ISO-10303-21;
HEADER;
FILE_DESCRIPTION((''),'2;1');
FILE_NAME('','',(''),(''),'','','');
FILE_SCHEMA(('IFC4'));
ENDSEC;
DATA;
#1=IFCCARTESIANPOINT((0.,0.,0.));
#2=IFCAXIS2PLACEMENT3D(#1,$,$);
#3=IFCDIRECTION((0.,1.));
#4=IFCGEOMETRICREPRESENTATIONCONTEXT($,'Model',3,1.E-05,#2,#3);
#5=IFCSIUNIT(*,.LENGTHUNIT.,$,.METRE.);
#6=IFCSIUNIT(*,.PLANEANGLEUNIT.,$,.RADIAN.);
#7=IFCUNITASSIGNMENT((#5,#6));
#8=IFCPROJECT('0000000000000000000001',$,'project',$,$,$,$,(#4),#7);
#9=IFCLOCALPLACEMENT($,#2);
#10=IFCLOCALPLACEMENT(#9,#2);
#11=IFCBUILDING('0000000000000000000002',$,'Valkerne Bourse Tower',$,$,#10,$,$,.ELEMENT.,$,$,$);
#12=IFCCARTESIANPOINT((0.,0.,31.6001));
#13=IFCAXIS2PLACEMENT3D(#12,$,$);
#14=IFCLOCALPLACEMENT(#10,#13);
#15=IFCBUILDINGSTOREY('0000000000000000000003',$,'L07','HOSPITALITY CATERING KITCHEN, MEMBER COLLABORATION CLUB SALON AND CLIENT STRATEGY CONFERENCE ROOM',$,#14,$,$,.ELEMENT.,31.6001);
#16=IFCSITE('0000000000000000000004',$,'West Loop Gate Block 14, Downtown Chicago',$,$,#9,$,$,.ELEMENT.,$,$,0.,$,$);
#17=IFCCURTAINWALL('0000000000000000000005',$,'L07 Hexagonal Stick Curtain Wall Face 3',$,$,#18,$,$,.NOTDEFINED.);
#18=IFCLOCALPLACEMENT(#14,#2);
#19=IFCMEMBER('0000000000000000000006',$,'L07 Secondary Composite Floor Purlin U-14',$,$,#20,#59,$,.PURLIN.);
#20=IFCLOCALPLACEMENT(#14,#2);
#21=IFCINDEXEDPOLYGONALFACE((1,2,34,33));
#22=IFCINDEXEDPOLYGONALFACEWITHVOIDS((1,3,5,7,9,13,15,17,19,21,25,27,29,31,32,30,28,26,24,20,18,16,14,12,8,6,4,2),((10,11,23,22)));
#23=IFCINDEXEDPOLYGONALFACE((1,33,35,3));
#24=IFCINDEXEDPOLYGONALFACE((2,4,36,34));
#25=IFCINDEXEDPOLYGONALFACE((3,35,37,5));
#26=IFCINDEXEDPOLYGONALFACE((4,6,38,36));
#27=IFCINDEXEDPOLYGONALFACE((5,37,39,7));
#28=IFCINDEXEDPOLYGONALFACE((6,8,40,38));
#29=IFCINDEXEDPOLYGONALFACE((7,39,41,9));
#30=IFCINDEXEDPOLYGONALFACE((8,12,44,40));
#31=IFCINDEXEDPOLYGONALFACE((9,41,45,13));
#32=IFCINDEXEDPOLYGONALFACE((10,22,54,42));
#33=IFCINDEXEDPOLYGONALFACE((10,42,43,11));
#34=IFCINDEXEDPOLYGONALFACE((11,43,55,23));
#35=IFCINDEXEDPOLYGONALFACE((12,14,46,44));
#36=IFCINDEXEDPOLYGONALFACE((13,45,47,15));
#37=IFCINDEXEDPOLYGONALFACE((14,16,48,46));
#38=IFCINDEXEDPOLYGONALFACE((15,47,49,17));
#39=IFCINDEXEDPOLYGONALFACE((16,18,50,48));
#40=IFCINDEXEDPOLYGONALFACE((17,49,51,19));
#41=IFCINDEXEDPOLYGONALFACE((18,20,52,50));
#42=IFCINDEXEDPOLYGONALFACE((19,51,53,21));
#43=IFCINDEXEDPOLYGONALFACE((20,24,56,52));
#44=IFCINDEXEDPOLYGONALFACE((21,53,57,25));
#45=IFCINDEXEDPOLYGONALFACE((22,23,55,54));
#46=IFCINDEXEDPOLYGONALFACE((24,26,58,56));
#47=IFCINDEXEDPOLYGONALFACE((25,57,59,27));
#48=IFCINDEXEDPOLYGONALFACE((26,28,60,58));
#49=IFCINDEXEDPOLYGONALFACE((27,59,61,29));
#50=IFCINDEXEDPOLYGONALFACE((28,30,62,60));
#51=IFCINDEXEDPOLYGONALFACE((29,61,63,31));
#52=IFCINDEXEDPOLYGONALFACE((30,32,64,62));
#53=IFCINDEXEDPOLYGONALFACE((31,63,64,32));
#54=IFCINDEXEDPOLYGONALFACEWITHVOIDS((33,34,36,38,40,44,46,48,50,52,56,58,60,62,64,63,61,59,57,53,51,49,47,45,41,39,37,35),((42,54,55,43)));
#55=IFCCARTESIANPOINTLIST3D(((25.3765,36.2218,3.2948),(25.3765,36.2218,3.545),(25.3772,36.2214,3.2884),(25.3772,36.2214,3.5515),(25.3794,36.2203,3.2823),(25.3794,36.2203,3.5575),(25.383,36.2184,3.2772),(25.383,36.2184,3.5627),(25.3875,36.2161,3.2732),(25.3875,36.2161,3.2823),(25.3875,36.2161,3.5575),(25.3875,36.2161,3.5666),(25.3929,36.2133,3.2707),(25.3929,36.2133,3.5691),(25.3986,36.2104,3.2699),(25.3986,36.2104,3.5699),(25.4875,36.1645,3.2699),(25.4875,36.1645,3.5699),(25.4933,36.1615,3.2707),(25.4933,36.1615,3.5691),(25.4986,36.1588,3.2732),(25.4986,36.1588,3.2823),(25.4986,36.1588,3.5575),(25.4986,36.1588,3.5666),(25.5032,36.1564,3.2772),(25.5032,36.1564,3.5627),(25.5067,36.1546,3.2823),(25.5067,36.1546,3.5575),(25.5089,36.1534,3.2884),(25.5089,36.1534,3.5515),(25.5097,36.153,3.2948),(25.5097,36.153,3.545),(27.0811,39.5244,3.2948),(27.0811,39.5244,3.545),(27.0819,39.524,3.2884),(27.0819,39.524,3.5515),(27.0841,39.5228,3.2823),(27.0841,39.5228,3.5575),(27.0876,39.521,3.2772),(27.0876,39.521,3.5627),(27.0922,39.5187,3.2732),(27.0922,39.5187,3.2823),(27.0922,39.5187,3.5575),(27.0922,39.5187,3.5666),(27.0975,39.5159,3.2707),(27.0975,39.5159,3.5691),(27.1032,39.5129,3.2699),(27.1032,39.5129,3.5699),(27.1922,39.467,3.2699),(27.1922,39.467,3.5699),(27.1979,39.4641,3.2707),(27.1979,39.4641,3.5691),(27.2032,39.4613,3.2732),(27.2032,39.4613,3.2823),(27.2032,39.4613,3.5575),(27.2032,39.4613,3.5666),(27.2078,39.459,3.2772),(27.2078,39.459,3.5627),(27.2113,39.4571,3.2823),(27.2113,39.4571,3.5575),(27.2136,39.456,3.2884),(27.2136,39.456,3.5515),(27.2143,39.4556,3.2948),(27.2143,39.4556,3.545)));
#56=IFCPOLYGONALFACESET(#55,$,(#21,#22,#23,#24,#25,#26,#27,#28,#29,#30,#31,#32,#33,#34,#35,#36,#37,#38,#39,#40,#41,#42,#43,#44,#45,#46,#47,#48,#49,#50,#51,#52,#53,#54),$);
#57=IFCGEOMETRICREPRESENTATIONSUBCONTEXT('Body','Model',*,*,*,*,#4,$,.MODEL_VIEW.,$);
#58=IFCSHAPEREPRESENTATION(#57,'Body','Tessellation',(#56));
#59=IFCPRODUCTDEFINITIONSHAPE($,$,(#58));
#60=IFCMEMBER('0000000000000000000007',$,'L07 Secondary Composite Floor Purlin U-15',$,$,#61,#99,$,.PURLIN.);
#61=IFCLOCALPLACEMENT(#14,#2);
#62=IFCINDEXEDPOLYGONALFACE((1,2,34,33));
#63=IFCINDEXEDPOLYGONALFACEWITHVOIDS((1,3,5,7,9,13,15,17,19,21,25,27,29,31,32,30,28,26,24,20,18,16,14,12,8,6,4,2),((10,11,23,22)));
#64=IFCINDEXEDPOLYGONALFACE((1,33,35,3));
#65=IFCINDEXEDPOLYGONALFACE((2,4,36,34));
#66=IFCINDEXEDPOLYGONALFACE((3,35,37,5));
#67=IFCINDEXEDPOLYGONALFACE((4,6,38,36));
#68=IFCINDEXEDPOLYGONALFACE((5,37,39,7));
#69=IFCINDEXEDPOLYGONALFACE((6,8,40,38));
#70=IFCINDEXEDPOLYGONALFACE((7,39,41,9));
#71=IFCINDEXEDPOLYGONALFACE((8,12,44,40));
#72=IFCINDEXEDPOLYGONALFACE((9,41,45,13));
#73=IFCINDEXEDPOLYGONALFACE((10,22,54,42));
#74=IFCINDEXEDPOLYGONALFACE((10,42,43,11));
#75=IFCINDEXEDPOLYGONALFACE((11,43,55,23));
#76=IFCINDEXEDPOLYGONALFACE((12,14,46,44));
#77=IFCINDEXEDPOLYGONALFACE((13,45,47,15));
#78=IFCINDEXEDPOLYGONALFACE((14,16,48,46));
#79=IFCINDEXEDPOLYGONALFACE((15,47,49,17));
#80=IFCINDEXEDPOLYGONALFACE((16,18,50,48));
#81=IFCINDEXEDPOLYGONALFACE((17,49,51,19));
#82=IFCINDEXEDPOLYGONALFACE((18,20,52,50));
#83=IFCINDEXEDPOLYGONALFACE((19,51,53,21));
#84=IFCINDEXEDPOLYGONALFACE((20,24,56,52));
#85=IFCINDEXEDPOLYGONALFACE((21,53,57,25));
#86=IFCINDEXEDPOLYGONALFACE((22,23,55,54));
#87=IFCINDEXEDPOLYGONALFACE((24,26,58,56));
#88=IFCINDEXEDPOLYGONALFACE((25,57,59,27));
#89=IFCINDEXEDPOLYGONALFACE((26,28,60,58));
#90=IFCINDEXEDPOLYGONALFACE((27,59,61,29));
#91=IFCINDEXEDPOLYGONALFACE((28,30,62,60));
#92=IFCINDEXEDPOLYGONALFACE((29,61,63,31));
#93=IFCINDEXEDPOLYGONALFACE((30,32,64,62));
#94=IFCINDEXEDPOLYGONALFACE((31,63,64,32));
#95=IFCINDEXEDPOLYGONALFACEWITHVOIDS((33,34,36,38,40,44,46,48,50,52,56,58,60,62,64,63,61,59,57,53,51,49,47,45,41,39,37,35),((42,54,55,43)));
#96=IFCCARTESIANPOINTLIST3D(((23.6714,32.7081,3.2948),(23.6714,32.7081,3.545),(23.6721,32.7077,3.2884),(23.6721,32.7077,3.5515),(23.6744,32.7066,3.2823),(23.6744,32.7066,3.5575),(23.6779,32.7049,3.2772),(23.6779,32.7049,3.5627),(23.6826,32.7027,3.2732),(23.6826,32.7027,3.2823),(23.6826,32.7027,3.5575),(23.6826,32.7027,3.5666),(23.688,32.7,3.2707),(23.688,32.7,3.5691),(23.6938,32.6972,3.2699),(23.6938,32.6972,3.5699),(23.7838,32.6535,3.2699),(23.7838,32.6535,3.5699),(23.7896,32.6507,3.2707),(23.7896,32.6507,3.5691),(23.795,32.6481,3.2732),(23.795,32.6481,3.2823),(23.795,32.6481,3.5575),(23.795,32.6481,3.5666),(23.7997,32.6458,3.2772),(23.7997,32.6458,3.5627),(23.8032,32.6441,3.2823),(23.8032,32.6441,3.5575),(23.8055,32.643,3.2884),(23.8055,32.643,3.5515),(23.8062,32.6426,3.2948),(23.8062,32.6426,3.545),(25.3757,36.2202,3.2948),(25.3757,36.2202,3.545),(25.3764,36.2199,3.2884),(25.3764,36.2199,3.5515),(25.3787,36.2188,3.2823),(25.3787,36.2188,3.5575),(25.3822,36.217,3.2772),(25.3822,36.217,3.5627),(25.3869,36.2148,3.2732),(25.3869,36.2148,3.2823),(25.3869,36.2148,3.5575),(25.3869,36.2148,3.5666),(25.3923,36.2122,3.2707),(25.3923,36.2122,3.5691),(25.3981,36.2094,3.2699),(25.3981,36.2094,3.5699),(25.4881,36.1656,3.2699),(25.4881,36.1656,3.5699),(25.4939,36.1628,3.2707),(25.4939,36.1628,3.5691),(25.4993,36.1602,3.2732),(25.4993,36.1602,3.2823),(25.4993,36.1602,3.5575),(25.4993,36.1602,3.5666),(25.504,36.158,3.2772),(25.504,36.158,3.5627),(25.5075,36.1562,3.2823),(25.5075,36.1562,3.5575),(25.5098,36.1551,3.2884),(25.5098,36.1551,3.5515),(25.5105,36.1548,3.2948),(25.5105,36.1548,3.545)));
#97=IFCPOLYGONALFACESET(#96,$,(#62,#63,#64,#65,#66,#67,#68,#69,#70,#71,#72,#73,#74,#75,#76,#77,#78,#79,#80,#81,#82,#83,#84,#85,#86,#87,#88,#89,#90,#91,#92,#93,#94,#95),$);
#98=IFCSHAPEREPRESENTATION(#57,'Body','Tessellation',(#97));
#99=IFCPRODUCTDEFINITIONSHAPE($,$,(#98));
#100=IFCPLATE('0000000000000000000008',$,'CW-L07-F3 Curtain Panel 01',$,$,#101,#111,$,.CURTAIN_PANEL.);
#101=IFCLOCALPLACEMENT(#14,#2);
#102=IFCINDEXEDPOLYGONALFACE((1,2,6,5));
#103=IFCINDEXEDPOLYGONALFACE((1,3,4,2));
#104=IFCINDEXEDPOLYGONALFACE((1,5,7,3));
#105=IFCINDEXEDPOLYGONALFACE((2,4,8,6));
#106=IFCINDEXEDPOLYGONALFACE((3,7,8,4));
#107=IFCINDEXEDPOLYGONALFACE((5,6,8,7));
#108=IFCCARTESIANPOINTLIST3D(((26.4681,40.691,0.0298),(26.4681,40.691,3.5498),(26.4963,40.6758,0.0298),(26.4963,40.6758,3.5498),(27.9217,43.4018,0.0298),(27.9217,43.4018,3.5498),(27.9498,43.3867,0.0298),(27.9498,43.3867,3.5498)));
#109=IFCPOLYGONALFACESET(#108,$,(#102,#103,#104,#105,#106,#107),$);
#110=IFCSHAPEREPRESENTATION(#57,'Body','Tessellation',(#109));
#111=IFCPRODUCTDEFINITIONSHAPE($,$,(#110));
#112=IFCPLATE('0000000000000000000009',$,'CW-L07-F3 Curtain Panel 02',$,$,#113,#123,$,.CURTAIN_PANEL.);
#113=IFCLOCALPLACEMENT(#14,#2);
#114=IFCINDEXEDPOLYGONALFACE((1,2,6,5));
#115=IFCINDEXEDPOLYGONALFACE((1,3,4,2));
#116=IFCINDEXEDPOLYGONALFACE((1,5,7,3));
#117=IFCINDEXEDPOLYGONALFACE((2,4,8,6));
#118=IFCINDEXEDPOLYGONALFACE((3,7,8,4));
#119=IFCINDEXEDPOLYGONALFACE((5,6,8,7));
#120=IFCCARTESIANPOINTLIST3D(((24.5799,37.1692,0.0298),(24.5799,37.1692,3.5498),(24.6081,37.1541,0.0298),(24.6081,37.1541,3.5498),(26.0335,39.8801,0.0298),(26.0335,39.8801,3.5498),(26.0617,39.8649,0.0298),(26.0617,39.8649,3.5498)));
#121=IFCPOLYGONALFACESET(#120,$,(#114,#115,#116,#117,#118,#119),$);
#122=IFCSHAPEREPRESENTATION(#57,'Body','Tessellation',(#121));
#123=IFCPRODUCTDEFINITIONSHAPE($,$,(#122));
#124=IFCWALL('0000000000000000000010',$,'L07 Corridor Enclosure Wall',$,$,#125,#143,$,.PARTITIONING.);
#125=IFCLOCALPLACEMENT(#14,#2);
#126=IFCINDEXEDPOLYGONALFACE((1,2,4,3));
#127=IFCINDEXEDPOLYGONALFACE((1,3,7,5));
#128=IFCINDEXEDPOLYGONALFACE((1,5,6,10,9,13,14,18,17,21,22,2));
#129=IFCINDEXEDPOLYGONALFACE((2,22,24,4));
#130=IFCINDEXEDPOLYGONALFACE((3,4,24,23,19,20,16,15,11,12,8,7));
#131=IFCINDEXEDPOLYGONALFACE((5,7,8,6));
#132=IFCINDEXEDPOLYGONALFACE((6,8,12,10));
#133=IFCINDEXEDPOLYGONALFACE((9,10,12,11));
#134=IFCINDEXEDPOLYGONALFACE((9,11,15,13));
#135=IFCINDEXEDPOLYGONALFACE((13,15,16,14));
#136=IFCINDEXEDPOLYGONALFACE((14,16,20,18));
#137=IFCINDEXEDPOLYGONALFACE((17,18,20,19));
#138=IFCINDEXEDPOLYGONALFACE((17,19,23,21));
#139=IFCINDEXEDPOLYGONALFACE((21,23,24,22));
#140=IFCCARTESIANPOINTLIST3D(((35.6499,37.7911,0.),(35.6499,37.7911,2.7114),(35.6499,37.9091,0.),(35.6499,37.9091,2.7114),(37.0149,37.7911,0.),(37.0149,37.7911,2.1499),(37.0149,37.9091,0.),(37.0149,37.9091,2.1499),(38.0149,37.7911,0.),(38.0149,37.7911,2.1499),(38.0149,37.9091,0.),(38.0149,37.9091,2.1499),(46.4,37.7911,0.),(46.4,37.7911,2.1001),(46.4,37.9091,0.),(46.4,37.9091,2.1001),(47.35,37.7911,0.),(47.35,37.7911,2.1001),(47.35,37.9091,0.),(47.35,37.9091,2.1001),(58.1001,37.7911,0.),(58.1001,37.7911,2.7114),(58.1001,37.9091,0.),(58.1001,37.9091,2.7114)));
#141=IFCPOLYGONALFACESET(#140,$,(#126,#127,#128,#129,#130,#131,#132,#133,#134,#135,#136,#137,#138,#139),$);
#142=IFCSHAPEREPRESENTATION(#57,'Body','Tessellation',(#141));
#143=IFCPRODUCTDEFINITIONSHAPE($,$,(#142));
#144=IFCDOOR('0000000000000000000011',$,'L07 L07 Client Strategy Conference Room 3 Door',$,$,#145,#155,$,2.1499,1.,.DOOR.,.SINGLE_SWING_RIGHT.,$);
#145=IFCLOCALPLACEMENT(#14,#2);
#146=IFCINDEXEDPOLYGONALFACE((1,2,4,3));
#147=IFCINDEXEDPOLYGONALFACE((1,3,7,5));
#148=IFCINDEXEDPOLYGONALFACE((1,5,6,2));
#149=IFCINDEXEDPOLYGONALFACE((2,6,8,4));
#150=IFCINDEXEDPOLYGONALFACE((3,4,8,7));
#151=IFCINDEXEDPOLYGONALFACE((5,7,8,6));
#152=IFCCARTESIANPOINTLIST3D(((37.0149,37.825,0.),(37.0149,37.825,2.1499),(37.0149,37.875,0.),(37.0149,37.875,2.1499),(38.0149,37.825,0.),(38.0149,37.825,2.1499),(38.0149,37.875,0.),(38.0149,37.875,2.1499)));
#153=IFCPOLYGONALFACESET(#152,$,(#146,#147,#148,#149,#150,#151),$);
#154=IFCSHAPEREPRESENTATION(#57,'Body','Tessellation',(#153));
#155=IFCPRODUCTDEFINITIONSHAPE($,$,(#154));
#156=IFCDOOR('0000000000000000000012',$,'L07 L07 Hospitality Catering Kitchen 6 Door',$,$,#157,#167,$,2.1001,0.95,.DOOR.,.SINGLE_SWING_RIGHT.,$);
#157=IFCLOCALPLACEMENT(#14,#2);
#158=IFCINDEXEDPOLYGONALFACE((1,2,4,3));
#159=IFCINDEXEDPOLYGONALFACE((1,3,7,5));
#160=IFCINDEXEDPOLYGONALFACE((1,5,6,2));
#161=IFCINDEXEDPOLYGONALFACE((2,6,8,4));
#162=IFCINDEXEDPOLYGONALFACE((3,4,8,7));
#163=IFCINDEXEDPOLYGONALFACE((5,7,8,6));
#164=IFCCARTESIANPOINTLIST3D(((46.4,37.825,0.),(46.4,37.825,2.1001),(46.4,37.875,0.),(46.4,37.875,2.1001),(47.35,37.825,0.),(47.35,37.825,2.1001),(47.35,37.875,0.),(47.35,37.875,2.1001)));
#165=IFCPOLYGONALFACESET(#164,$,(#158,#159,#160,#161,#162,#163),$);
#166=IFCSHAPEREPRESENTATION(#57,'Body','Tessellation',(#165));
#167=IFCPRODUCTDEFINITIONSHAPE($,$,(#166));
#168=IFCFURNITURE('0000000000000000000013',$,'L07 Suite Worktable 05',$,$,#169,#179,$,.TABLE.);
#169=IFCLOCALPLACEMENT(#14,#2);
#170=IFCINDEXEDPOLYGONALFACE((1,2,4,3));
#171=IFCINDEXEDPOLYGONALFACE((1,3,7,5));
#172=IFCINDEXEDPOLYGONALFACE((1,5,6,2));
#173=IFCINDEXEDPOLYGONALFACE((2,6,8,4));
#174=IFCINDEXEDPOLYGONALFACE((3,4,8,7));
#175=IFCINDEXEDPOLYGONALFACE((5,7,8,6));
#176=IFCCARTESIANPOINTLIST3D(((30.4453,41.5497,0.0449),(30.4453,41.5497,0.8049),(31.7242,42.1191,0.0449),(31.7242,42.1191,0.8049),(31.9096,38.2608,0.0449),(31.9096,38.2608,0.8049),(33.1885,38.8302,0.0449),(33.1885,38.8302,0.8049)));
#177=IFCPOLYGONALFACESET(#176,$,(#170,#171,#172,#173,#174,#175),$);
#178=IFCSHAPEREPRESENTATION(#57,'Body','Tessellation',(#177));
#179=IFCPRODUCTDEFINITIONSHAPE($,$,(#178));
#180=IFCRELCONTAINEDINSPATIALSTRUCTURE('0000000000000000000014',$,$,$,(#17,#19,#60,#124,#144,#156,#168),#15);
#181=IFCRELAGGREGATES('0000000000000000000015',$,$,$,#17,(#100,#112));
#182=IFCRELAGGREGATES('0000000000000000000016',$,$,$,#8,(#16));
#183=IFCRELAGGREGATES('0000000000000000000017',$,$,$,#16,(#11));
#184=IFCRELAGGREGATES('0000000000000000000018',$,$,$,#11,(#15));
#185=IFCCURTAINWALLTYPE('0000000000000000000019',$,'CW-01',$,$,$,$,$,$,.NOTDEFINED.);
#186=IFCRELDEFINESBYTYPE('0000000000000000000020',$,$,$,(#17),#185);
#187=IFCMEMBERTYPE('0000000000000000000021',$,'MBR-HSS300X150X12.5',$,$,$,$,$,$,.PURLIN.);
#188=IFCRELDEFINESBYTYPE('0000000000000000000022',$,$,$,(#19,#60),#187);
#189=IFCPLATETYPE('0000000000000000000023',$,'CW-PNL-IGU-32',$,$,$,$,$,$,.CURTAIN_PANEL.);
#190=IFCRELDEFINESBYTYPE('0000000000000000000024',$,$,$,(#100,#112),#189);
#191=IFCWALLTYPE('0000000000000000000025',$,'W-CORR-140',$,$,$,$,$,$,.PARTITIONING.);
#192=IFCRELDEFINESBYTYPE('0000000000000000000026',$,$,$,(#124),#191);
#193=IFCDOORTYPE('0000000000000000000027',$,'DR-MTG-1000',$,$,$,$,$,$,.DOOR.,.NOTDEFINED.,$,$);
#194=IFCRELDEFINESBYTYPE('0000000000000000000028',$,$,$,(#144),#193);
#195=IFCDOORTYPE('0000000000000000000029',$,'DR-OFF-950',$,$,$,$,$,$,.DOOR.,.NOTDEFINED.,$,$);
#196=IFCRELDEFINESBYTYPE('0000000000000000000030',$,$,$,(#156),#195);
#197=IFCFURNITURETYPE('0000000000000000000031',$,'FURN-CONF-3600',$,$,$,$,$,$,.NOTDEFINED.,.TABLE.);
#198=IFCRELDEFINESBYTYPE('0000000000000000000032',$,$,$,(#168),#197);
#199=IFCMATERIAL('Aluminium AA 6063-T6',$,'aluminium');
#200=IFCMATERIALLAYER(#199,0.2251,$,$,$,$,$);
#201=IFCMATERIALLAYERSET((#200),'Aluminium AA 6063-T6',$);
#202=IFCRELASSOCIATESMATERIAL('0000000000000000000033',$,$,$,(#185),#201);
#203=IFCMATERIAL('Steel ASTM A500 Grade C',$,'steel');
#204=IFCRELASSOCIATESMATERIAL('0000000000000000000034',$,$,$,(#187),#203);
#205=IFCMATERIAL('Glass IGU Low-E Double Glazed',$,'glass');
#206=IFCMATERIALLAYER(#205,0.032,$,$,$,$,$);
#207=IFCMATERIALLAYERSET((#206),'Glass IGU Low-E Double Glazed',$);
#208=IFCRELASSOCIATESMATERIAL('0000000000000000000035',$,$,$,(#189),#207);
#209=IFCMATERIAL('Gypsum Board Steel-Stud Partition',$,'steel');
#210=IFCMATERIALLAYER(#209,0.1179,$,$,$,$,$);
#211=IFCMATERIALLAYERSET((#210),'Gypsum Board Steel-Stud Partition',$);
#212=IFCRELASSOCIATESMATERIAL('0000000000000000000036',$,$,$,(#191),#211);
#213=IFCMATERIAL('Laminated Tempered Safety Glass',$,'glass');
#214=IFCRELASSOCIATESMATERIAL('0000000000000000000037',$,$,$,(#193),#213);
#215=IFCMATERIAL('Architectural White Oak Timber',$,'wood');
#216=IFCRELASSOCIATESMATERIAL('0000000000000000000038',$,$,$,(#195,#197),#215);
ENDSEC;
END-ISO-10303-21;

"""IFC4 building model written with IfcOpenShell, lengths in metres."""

from ifc_helpers import new_model, si_unit, direction, frame, frame_2d, origin, origin_2d, place, context, subcontext, project, spatial, rectangle, hollow_rectangle, extrude, material, layer, layer_set, material_profile, profile_set, type_object, element, fill, aggregate, save


model = new_model("IFC4")

# Units and contexts
model_context = context("Model", 3, precision=1e-05, world=origin(), true_north=direction((0.0, 1.0)))
body_context = subcontext(model_context, "Body", "Model", "MODEL_VIEW")
ifc_project = project(units=[si_unit("LENGTHUNIT", "METRE"), si_unit("PLANEANGLEUNIT", "RADIAN")], contexts=[model_context])

# Site, building, storey
site_placement = place(None, origin())
site = spatial("IfcSite", under=ifc_project, at=site_placement, Name="West Loop Gate Block 14, Downtown Chicago", CompositionType="ELEMENT", RefElevation=0.0)
building_placement = place(site_placement, origin())
building = spatial("IfcBuilding", under=site, at=building_placement, Name="Valkerne Bourse Tower", CompositionType="ELEMENT")
storey_placement = place(building_placement, frame((0.0, 0.0, 31.6001)))
storey = spatial("IfcBuildingStorey", under=building, at=storey_placement, Name="L07", Description="HOSPITALITY CATERING KITCHEN, MEMBER COLLABORATION CLUB SALON AND CLIENT STRATEGY CONFERENCE ROOM", CompositionType="ELEMENT", Elevation=31.6001)

# Curtain wall
ifc_material_1 = material(Name="Aluminium AA 6063-T6", Category="aluminium")
ifc_layer_1 = layer(ifc_material_1, 0.2251)
ifc_layer_set_1 = layer_set([ifc_layer_1], Name="Aluminium AA 6063-T6")
curtain_wall_type = type_object("IfcCurtainWallType", Name="CW-01", PredefinedType="NOTDEFINED", material=ifc_layer_set_1)
curtain_wall_placement = place(storey_placement, origin())
curtain_wall = element("IfcCurtainWall", 1, at=curtain_wall_placement, inside=storey, type_object=curtain_wall_type, Name="L07 Hexagonal Stick Curtain Wall Face 3", PredefinedType="NOTDEFINED")

# Members
ifc_material_2 = material(Name="Steel ASTM A500 Grade C", Category="steel")
ifc_material_profile_1 = material_profile(ifc_material_2, hollow_rectangle(XDim=0.1499, YDim=0.3, WallThickness=0.0125, OuterFilletRadius=0.0249, at=origin_2d()), Name="HSS300X150X12.5")
ifc_profile_set_1 = profile_set([ifc_material_profile_1], Name="Steel ASTM A500 Grade C")
member_type_1 = type_object("IfcMemberType", Name="MBR-HSS300X150X12.5", PredefinedType="PURLIN", material=ifc_profile_set_1)
member_1_placement = place(storey_placement, frame((27.1477, 39.49, 3.4199), z_axis=(-0.45866, -0.888612, 0.0), x_axis=(0.888612, -0.45866, 0.0)))
element("IfcMember", 2, at=member_1_placement, inside=storey, type_object=member_type_1, Name="L07 Secondary Composite Floor Purlin U-14", PredefinedType="PURLIN", context=body_context, shape_type="SweptSolid", body=[
    extrude(hollow_rectangle(XDim=0.1499, YDim=0.3, WallThickness=0.0125, OuterFilletRadius=0.0249, at=origin_2d()), origin(), (0.0, 0.0, 1.0), 3.7166),
])
member_2_placement = place(storey_placement, frame((25.4431, 36.1875, 3.4199), z_axis=(-0.436576, -0.899667, 0.0), x_axis=(0.899667, -0.436576, 0.0)))
element("IfcMember", 3, at=member_2_placement, inside=storey, type_object=member_type_1, Name="L07 Secondary Composite Floor Purlin U-15", PredefinedType="PURLIN", context=body_context, shape_type="SweptSolid", body=[
    extrude(hollow_rectangle(XDim=0.1499, YDim=0.3, WallThickness=0.0125, OuterFilletRadius=0.0249, at=origin_2d()), origin(), (0.0, 0.0, 1.0), 3.9038),
])

# Plates
ifc_material_3 = material(Name="Glass IGU Low-E Double Glazed", Category="glass")
ifc_layer_2 = layer(ifc_material_3, 0.032)
ifc_layer_set_2 = layer_set([ifc_layer_2], Name="Glass IGU Low-E Double Glazed")
plate_type = type_object("IfcPlateType", Name="CW-PNL-IGU-32", PredefinedType="CURTAIN_PANEL", material=ifc_layer_set_2)
plate_1_placement = place(storey_placement, frame((27.209, 42.0388, 0.0298), z_axis=(0.0, 0.0, 1.0), x_axis=(-0.472547, -0.881305, 0.0)))
plate_1 = element("IfcPlate", 4, at=plate_1_placement, type_object=plate_type, Name="CW-L07-F3 Curtain Panel 01", PredefinedType="CURTAIN_PANEL", context=body_context, shape_type="SweptSolid", body=[
    extrude(rectangle(XDim=3.0759, YDim=0.032, at=origin_2d()), origin(), (0.0, 0.0, 1.0), 3.52),
])
plate_2_placement = place(storey_placement, frame((25.3208, 38.5171, 0.0298), z_axis=(0.0, 0.0, 1.0), x_axis=(-0.472547, -0.881305, 0.0)))
plate_2 = element("IfcPlate", 5, at=plate_2_placement, type_object=plate_type, Name="CW-L07-F3 Curtain Panel 02", PredefinedType="CURTAIN_PANEL", context=body_context, shape_type="SweptSolid", body=[
    extrude(rectangle(XDim=3.0759, YDim=0.032, at=origin_2d()), origin(), (0.0, 0.0, 1.0), 3.52),
])
aggregate(curtain_wall, [plate_1, plate_2])

# Wall, openings, doors
ifc_material_4 = material(Name="Gypsum Board Steel-Stud Partition", Category="steel")
ifc_layer_3 = layer(ifc_material_4, 0.1179)
ifc_layer_set_3 = layer_set([ifc_layer_3], Name="Gypsum Board Steel-Stud Partition")
wall_type = type_object("IfcWallType", Name="W-CORR-140", PredefinedType="PARTITIONING", material=ifc_layer_set_3)
wall_placement = place(storey_placement, frame((35.6499, 37.8501, 0.0), z_axis=(0.0, 0.0, 1.0), x_axis=(1.0, 0.0, 0.0)))
wall = element("IfcWall", 6, at=wall_placement, inside=storey, type_object=wall_type, Name="L07 Corridor Enclosure Wall", PredefinedType="PARTITIONING", context=body_context, shape_type="SweptSolid", body=[
    extrude(rectangle(XDim=22.4502, YDim=0.1179, at=frame_2d((11.2251, 0.0))), origin(), (0.0, 0.0, 1.0), 2.7114),
])
opening_1_placement = place(wall_placement, frame((1.365, 0.0, 0.0)))
opening_1 = element("IfcOpeningElement", 7, at=opening_1_placement, cuts=wall, PredefinedType="OPENING", context=body_context, shape_type="SweptSolid", body=[
    extrude(rectangle(XDim=1.0, YDim=2.1499, at=frame_2d((0.5, 1.075))), frame((0.0, 0.0688, 0.0), z_axis=(0.0, -1.0, 0.0), x_axis=(1.0, 0.0, 0.0)), (0.0, 0.0, 1.0), 0.1379),
])
opening_2_placement = place(wall_placement, frame((10.75, 0.0, 0.0)))
opening_2 = element("IfcOpeningElement", 8, at=opening_2_placement, cuts=wall, PredefinedType="OPENING", context=body_context, shape_type="SweptSolid", body=[
    extrude(rectangle(XDim=0.95, YDim=2.1001, at=frame_2d((0.4751, 1.05))), frame((0.0, 0.0688, 0.0), z_axis=(0.0, -1.0, 0.0), x_axis=(1.0, 0.0, 0.0)), (0.0, 0.0, 1.0), 0.1379),
])
ifc_material_5 = material(Name="Laminated Tempered Safety Glass", Category="glass")
door_type_1 = type_object("IfcDoorType", Name="DR-MTG-1000", OperationType="NOTDEFINED", PredefinedType="DOOR", material=ifc_material_5)
door_1_placement = place(opening_1_placement, origin())
door_1 = element("IfcDoor", 9, at=door_1_placement, inside=storey, type_object=door_type_1, Name="L07 L07 Client Strategy Conference Room 3 Door", OperationType="SINGLE_SWING_RIGHT", OverallHeight=2.1499, OverallWidth=1.0, PredefinedType="DOOR", context=body_context, shape_type="SweptSolid", body=[
    extrude(rectangle(XDim=1.0, YDim=2.1499, at=frame_2d((0.5, 1.075))), frame((0.0, 0.0249, 0.0), z_axis=(0.0, -1.0, 0.0), x_axis=(1.0, 0.0, 0.0)), (0.0, 0.0, 1.0), 0.05),
])
fill(opening_1, door_1)
ifc_material_6 = material(Name="Architectural White Oak Timber", Category="wood")
door_type_2 = type_object("IfcDoorType", Name="DR-OFF-950", OperationType="NOTDEFINED", PredefinedType="DOOR", material=ifc_material_6)
door_2_placement = place(opening_2_placement, origin())
door_2 = element("IfcDoor", 10, at=door_2_placement, inside=storey, type_object=door_type_2, Name="L07 L07 Hospitality Catering Kitchen 6 Door", OperationType="SINGLE_SWING_RIGHT", OverallHeight=2.1001, OverallWidth=0.95, PredefinedType="DOOR", context=body_context, shape_type="SweptSolid", body=[
    extrude(rectangle(XDim=0.95, YDim=2.1001, at=frame_2d((0.4751, 1.05))), frame((0.0, 0.0249, 0.0), z_axis=(0.0, -1.0, 0.0), x_axis=(1.0, 0.0, 0.0)), (0.0, 0.0, 1.0), 0.05),
])
fill(opening_2, door_2)

# Furniture
furniture_type = type_object("IfcFurnitureType", Name="FURN-CONF-3600", AssemblyPlace="NOTDEFINED", PredefinedType="TABLE", material=ifc_material_6)
furniture_placement = place(storey_placement, frame((31.8169, 40.1899, 0.0449), z_axis=(0.0, 0.0, 1.0), x_axis=(-0.406737, 0.913545, 0.0)))
element("IfcFurniture", 11, at=furniture_placement, inside=storey, type_object=furniture_type, Name="L07 Suite Worktable 05", PredefinedType="TABLE", context=body_context, shape_type="SweptSolid", body=[
    extrude(rectangle(XDim=3.6001, YDim=1.3999, at=origin_2d()), origin(), (0.0, 0.0, 1.0), 0.76),
])

save(model, "model.ifc")
